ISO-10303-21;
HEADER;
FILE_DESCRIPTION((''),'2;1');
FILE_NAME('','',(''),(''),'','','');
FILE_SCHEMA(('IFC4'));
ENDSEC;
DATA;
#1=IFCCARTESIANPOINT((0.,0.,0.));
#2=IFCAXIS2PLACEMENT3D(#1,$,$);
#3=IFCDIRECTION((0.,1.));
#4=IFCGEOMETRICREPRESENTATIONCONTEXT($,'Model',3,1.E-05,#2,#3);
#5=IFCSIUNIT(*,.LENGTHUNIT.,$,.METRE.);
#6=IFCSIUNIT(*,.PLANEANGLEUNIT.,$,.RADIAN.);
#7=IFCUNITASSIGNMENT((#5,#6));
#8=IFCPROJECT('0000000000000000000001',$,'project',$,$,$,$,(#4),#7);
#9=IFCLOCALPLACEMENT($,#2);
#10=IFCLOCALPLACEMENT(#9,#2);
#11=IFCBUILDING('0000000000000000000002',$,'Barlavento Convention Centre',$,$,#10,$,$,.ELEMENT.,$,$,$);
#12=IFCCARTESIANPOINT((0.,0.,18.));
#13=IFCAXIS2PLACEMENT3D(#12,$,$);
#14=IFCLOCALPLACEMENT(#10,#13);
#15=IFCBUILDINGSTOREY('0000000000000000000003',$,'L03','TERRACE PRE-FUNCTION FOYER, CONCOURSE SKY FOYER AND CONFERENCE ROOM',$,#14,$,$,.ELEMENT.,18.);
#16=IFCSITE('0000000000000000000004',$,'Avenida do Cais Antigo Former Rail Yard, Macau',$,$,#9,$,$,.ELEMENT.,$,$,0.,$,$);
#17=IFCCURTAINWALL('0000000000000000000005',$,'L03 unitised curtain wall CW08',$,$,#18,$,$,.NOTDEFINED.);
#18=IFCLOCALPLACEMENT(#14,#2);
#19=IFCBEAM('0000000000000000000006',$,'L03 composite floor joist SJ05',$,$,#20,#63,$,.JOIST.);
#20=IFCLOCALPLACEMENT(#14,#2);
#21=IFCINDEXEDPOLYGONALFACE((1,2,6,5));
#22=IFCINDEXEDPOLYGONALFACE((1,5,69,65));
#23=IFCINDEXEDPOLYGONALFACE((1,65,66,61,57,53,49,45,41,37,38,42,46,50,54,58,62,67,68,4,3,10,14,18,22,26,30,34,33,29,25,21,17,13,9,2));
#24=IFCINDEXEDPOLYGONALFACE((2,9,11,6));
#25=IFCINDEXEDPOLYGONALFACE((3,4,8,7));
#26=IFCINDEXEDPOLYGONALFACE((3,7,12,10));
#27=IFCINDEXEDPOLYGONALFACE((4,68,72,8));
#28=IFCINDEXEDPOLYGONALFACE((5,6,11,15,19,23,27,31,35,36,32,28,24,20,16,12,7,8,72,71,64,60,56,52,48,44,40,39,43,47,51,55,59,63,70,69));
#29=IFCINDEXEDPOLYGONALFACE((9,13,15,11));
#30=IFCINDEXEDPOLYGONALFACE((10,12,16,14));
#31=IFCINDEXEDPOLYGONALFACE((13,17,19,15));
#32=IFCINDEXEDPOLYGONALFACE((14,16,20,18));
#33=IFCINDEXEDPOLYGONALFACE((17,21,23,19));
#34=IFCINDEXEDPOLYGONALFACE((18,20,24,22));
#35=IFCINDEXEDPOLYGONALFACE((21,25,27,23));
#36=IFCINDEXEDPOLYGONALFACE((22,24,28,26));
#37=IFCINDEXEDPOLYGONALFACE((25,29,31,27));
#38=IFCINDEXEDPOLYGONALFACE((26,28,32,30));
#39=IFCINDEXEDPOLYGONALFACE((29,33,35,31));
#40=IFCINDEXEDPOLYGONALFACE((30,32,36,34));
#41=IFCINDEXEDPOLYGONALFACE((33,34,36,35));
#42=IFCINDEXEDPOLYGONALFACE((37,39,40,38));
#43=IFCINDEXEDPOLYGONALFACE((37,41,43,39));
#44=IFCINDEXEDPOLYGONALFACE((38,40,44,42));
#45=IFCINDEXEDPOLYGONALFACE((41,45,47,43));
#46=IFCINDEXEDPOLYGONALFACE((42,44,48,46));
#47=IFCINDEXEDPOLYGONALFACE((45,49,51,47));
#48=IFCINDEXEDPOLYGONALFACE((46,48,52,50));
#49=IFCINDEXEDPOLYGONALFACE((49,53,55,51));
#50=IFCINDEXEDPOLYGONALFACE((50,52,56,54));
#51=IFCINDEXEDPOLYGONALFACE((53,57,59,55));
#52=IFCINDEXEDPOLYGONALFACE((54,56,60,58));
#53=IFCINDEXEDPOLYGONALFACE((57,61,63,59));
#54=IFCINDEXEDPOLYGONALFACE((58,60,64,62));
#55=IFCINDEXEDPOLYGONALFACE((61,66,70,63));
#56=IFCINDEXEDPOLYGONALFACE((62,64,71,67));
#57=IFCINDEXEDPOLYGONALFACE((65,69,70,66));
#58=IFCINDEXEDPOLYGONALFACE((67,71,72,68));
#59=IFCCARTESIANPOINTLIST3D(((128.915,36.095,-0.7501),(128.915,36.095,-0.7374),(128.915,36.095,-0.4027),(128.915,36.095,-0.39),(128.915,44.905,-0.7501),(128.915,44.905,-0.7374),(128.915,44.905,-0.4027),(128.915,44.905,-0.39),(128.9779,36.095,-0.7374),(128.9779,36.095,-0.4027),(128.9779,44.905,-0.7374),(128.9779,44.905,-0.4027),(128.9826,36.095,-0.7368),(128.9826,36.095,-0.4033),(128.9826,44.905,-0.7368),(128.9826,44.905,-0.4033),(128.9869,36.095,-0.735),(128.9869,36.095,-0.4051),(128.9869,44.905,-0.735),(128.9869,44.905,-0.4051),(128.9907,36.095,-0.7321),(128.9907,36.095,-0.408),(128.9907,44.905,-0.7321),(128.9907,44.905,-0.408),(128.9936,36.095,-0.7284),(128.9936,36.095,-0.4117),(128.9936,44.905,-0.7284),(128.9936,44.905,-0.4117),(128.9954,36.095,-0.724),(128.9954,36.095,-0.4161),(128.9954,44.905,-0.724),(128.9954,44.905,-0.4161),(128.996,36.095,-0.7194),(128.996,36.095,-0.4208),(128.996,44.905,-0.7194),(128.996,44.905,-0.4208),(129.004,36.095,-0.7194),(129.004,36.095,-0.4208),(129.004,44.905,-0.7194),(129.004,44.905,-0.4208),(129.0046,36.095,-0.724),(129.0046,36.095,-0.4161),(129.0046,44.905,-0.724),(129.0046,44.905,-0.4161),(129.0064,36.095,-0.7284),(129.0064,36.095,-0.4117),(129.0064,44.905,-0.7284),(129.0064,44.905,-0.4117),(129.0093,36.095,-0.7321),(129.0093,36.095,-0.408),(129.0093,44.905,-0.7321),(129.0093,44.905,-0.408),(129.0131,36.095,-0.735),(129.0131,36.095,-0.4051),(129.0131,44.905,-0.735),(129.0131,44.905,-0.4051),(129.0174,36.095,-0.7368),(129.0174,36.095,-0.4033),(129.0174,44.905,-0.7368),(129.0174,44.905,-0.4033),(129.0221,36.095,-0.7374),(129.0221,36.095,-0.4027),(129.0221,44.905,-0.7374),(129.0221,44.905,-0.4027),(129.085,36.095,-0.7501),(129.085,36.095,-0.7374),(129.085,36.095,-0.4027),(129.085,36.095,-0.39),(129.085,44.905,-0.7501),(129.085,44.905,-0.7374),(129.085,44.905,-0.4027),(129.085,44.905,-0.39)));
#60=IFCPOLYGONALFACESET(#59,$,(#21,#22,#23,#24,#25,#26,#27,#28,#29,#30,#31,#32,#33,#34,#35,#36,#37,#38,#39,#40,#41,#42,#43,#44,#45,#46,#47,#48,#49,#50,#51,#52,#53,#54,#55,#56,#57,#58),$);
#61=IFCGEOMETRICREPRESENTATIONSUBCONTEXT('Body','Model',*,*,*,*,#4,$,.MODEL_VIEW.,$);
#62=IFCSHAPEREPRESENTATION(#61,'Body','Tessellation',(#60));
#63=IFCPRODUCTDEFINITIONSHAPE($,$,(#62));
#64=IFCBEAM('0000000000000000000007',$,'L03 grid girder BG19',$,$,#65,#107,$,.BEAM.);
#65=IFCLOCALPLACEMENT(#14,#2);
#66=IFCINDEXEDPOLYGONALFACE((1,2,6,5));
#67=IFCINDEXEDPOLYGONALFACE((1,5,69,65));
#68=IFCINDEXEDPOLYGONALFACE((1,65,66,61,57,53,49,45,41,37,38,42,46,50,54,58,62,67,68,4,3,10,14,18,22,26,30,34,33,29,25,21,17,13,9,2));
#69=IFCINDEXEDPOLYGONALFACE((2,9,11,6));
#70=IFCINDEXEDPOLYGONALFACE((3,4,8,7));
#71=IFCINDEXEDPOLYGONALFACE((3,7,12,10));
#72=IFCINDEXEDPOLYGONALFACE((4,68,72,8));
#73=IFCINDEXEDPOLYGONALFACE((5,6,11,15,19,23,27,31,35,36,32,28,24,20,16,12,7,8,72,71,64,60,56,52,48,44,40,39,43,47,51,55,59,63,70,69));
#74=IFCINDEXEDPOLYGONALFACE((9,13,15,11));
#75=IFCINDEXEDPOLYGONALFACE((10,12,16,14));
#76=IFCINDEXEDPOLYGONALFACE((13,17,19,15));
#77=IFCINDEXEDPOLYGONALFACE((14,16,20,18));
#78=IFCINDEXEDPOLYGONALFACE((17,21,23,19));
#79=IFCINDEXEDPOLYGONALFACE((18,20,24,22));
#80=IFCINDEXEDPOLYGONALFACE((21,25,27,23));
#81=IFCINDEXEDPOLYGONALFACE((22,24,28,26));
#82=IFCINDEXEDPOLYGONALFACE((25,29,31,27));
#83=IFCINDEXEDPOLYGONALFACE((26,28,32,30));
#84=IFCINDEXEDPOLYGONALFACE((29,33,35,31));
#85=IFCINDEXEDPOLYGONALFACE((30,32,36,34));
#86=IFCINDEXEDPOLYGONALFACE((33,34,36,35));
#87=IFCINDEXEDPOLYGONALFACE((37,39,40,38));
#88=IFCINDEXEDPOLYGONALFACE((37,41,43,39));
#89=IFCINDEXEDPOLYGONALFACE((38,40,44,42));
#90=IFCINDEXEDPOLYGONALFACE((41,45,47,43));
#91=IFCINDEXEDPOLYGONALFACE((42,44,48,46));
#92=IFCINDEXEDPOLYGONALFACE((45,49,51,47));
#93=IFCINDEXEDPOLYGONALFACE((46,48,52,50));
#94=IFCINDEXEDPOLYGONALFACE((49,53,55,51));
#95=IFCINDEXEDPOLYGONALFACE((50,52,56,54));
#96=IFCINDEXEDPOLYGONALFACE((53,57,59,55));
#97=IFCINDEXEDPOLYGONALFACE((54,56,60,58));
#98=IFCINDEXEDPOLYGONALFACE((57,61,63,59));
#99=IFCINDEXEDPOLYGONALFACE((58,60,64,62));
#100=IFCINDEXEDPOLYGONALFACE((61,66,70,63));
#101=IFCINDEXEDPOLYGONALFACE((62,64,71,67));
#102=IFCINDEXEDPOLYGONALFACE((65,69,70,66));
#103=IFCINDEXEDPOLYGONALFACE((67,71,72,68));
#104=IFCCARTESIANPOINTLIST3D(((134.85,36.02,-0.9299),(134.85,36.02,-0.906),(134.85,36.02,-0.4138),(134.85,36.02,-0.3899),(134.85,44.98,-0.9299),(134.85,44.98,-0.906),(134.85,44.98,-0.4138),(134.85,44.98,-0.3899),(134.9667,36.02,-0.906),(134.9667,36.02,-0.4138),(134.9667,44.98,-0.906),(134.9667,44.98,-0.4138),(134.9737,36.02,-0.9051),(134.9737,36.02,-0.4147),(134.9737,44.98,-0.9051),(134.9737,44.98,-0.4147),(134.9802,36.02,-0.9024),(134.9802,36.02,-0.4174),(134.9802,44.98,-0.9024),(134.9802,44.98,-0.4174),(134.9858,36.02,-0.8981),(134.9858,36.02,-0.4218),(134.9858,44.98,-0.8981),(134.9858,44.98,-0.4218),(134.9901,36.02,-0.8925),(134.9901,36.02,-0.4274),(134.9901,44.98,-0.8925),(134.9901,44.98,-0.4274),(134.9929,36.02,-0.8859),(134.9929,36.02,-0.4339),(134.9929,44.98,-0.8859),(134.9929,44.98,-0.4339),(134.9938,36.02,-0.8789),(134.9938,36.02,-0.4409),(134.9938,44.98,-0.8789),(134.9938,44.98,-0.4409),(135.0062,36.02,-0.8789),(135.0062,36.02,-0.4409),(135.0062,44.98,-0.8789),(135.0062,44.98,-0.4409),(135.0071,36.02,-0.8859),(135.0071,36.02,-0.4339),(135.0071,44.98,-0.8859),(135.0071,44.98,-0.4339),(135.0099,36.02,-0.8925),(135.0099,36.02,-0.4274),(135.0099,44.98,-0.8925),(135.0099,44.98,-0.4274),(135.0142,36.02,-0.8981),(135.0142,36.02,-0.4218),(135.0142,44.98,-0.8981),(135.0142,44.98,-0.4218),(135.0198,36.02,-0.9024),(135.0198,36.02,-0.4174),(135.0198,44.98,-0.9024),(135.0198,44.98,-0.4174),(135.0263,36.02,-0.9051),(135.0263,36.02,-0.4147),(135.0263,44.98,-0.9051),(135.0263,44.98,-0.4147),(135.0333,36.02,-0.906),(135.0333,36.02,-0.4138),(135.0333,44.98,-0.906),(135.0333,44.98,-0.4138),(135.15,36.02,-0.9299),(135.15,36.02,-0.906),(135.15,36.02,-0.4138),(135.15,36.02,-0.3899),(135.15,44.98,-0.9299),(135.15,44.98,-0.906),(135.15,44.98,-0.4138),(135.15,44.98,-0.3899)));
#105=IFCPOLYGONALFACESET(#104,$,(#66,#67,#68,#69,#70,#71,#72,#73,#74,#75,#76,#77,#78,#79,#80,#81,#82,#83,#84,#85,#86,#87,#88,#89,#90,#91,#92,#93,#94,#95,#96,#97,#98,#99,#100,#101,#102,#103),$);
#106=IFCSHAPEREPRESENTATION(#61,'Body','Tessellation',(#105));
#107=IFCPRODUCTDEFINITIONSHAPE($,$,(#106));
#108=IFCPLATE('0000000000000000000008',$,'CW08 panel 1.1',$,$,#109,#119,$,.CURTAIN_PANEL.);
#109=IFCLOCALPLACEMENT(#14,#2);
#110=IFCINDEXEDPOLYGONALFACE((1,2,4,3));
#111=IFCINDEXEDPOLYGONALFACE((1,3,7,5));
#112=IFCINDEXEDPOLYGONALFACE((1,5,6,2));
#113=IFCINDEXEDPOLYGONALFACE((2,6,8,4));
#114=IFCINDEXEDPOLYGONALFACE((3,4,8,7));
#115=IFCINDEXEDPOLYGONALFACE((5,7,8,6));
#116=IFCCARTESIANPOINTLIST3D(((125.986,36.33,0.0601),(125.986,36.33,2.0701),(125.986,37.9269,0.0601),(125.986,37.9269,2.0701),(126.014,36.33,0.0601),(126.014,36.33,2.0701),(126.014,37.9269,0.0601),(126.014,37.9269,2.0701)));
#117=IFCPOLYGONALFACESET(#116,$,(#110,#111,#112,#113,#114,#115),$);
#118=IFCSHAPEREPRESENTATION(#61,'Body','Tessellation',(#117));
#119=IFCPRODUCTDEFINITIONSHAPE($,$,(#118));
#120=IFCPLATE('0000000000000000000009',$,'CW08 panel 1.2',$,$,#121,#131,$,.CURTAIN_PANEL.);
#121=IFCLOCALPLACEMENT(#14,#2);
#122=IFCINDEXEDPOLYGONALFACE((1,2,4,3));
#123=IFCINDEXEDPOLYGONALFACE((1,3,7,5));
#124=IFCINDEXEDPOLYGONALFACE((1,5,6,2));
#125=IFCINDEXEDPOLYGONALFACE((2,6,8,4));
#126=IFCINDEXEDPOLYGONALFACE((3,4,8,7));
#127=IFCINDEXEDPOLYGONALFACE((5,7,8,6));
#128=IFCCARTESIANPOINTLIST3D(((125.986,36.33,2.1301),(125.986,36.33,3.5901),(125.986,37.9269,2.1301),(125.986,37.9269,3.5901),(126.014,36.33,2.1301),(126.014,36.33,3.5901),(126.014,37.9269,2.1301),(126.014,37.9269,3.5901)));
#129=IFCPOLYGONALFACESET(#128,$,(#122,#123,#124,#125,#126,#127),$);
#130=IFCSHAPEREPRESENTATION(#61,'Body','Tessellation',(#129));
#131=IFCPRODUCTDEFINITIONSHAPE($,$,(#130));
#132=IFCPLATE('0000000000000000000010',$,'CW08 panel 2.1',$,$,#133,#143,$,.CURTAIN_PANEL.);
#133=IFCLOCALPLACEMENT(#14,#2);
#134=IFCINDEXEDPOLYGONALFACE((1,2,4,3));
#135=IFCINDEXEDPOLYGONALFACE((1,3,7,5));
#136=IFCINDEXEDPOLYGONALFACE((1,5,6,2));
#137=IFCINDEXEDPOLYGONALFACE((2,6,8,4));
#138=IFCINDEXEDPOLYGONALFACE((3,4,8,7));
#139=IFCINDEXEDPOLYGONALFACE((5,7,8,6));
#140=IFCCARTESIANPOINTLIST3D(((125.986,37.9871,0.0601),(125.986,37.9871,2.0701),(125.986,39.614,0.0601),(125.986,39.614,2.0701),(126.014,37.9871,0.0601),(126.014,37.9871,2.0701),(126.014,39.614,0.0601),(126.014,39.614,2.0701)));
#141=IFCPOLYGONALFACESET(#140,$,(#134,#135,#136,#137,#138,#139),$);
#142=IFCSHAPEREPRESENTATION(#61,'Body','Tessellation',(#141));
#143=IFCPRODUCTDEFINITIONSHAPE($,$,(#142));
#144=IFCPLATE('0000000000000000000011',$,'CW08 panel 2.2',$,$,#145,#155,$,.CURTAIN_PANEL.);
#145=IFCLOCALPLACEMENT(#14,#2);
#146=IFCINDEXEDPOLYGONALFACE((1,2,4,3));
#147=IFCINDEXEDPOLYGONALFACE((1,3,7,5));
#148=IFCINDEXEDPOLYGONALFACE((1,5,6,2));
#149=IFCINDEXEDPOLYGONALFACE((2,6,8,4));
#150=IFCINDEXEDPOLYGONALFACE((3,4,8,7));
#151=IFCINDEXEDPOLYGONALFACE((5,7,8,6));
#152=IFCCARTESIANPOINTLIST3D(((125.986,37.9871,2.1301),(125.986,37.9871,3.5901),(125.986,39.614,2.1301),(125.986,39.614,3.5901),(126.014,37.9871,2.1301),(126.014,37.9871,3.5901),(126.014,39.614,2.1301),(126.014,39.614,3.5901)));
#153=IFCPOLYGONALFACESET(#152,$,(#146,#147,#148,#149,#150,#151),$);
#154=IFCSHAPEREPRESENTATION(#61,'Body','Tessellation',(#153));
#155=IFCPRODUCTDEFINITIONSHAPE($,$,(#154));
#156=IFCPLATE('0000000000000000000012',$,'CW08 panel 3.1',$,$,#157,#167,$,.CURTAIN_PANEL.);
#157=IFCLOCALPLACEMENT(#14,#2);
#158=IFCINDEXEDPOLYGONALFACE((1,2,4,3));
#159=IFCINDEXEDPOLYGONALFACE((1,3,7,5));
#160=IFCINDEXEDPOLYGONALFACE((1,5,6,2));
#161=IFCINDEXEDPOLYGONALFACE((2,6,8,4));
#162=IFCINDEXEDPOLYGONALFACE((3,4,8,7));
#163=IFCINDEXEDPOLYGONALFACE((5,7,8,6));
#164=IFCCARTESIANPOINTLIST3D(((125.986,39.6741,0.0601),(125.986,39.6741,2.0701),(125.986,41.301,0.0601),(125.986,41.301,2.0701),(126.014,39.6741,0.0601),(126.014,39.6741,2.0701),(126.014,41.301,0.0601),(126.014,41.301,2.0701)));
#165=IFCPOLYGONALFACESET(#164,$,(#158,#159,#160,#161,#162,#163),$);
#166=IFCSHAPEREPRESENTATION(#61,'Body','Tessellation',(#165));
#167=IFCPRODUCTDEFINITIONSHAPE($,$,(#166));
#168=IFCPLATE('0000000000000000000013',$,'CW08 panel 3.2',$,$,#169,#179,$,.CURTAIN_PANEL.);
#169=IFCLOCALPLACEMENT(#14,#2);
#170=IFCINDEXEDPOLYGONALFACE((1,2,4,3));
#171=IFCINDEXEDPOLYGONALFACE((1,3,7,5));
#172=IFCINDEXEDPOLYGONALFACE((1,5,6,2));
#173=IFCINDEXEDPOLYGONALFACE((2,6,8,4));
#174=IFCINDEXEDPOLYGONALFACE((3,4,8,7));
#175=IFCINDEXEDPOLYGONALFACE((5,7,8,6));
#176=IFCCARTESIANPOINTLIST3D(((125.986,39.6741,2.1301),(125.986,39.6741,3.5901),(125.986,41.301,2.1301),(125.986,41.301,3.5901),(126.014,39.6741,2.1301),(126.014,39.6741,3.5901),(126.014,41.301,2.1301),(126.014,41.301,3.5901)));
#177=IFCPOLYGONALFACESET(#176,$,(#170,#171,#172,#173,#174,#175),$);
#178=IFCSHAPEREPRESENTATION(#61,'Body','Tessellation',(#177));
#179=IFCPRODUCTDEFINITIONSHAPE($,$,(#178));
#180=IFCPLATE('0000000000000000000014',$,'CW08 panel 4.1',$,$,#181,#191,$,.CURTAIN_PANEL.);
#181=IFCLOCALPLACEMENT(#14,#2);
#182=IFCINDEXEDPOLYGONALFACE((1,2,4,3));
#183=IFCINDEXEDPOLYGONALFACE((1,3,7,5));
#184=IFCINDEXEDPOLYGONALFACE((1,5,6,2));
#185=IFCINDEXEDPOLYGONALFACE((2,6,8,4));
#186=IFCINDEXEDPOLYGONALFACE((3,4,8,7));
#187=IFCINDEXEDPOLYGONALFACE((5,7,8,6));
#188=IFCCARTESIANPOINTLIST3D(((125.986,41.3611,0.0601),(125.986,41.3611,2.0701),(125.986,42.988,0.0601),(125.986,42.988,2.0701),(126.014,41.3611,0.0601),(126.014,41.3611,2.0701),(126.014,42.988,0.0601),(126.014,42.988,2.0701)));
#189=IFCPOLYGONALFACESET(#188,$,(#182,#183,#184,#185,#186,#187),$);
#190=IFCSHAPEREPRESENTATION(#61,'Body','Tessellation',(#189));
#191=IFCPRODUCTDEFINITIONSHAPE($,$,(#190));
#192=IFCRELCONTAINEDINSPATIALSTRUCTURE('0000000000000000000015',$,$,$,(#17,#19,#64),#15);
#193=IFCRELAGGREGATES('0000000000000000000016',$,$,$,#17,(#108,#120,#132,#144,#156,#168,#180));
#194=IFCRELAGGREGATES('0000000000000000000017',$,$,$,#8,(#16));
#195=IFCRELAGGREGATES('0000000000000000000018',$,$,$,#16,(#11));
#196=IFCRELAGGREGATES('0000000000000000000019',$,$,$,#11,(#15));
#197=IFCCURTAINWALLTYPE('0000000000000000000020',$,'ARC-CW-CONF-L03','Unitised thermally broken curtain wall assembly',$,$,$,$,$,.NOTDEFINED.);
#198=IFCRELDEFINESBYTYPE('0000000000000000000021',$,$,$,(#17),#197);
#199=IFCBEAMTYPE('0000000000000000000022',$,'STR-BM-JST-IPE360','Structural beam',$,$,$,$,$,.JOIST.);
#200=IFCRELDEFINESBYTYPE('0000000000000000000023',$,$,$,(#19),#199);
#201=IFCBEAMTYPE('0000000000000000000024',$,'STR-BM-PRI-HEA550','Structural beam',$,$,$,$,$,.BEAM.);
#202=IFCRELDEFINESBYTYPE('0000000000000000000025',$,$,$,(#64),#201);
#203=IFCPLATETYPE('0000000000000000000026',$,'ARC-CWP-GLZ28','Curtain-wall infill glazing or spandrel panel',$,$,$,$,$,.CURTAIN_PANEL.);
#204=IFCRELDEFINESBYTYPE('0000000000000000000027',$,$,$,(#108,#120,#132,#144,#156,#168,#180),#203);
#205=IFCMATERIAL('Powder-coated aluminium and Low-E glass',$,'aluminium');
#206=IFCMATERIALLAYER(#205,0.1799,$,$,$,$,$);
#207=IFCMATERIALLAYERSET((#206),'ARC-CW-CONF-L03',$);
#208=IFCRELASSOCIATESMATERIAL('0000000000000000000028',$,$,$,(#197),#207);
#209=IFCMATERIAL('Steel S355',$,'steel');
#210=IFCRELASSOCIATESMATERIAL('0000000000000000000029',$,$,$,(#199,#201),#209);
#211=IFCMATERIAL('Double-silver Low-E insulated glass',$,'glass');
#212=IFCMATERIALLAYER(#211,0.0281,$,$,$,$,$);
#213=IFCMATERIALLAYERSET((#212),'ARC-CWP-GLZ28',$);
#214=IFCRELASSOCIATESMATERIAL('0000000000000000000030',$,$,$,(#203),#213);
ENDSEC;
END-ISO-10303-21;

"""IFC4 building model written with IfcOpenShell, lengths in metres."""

from ifc_helpers import new_model, si_unit, direction, frame, origin, origin_2d, place, context, subcontext, project, spatial, rectangle, i_section, extrude, material, layer, layer_set, material_profile, profile_set, type_object, element, aggregate, save


model = new_model("IFC4")

# Units and contexts
model_context = context("Model", 3, precision=1e-05, world=origin(), true_north=direction((0.0, 1.0)))
body_context = subcontext(model_context, "Body", "Model", "MODEL_VIEW")
ifc_project = project(units=[si_unit("LENGTHUNIT", "METRE"), si_unit("PLANEANGLEUNIT", "RADIAN")], contexts=[model_context])

# Site, building, storey
site_placement = place(None, origin())
site = spatial("IfcSite", under=ifc_project, at=site_placement, Name="Avenida do Cais Antigo Former Rail Yard, Macau", CompositionType="ELEMENT", RefElevation=0.0)
building_placement = place(site_placement, origin())
building = spatial("IfcBuilding", under=site, at=building_placement, Name="Barlavento Convention Centre", CompositionType="ELEMENT")
storey_placement = place(building_placement, frame((0.0, 0.0, 18.0)))
storey = spatial("IfcBuildingStorey", under=building, at=storey_placement, Name="L03", Description="TERRACE PRE-FUNCTION FOYER, CONCOURSE SKY FOYER AND CONFERENCE ROOM", CompositionType="ELEMENT", Elevation=18.0)

# Curtain wall
ifc_material_1 = material(Name="Powder-coated aluminium and Low-E glass", Category="aluminium")
ifc_layer_1 = layer(ifc_material_1, 0.1799)
ifc_layer_set_1 = layer_set([ifc_layer_1], Name="ARC-CW-CONF-L03")
curtain_wall_type = type_object("IfcCurtainWallType", Name="ARC-CW-CONF-L03", Description="Unitised thermally broken curtain wall assembly", PredefinedType="NOTDEFINED", material=ifc_layer_set_1)
curtain_wall_placement = place(storey_placement, origin())
curtain_wall = element("IfcCurtainWall", 1, at=curtain_wall_placement, inside=storey, type_object=curtain_wall_type, Name="L03 unitised curtain wall CW08", PredefinedType="NOTDEFINED")

# Beams
ifc_material_2 = material(Name="Steel S355", Category="steel")
ifc_material_profile_1 = material_profile(ifc_material_2, i_section(OverallWidth=0.1699, OverallDepth=0.3601, WebThickness=0.0081, FlangeThickness=0.0127, FilletRadius=0.0181, at=origin_2d()), Name="IPE 360")
ifc_profile_set_1 = profile_set([ifc_material_profile_1], Name="Steel S355")
beam_type_1 = type_object("IfcBeamType", Name="STR-BM-JST-IPE360", Description="Structural beam", PredefinedType="JOIST", material=ifc_profile_set_1)
beam_1_placement = place(storey_placement, frame((129.0, 36.095, -0.5701), z_axis=(0.0, 1.0, 0.0), x_axis=(-1.0, 0.0, 0.0)))
element("IfcBeam", 2, at=beam_1_placement, inside=storey, type_object=beam_type_1, Name="L03 composite floor joist SJ05", PredefinedType="JOIST", context=body_context, shape_type="SweptSolid", body=[
    extrude(i_section(OverallWidth=0.1699, OverallDepth=0.3601, WebThickness=0.0081, FlangeThickness=0.0127, FilletRadius=0.0181, at=origin_2d()), origin(), (0.0, 0.0, 1.0), 8.8101),
])
ifc_material_profile_2 = material_profile(ifc_material_2, i_section(OverallWidth=0.3, OverallDepth=0.54, WebThickness=0.0125, FlangeThickness=0.0239, FilletRadius=0.0271, at=origin_2d()), Name="HEA 550")
ifc_profile_set_2 = profile_set([ifc_material_profile_2], Name="Steel S355")
beam_type_2 = type_object("IfcBeamType", Name="STR-BM-PRI-HEA550", Description="Structural beam", PredefinedType="BEAM", material=ifc_profile_set_2)
beam_2_placement = place(storey_placement, frame((135.0, 36.02, -0.6599), z_axis=(0.0, 1.0, 0.0), x_axis=(-1.0, 0.0, 0.0)))
element("IfcBeam", 3, at=beam_2_placement, inside=storey, type_object=beam_type_2, Name="L03 grid girder BG19", PredefinedType="BEAM", context=body_context, shape_type="SweptSolid", body=[
    extrude(i_section(OverallWidth=0.3, OverallDepth=0.54, WebThickness=0.0125, FlangeThickness=0.0239, FilletRadius=0.0271, at=origin_2d()), origin(), (0.0, 0.0, 1.0), 8.96),
])

# Plates
ifc_material_3 = material(Name="Double-silver Low-E insulated glass", Category="glass")
ifc_layer_2 = layer(ifc_material_3, 0.0281)
ifc_layer_set_2 = layer_set([ifc_layer_2], Name="ARC-CWP-GLZ28")
plate_type = type_object("IfcPlateType", Name="ARC-CWP-GLZ28", Description="Curtain-wall infill glazing or spandrel panel", PredefinedType="CURTAIN_PANEL", material=ifc_layer_set_2)
plate_1_placement = place(storey_placement, frame((126.0, 37.1284, 0.0601), z_axis=(0.0, 0.0, 1.0), x_axis=(0.0, 1.0, 0.0)))
plate_1 = element("IfcPlate", 4, at=plate_1_placement, type_object=plate_type, Name="CW08 panel 1.1", PredefinedType="CURTAIN_PANEL", context=body_context, shape_type="SweptSolid", body=[
    extrude(rectangle(XDim=1.5969, YDim=0.0281, at=origin_2d()), origin(), (0.0, 0.0, 1.0), 2.01),
])
plate_2_placement = place(storey_placement, frame((126.0, 37.1284, 2.1301), z_axis=(0.0, 0.0, 1.0), x_axis=(0.0, 1.0, 0.0)))
plate_2 = element("IfcPlate", 5, at=plate_2_placement, type_object=plate_type, Name="CW08 panel 1.2", PredefinedType="CURTAIN_PANEL", context=body_context, shape_type="SweptSolid", body=[
    extrude(rectangle(XDim=1.5969, YDim=0.0281, at=origin_2d()), origin(), (0.0, 0.0, 1.0), 1.46),
])
plate_3_placement = place(storey_placement, frame((126.0, 38.8005, 0.0601), z_axis=(0.0, 0.0, 1.0), x_axis=(0.0, 1.0, 0.0)))
plate_3 = element("IfcPlate", 6, at=plate_3_placement, type_object=plate_type, Name="CW08 panel 2.1", PredefinedType="CURTAIN_PANEL", context=body_context, shape_type="SweptSolid", body=[
    extrude(rectangle(XDim=1.627, YDim=0.0281, at=origin_2d()), origin(), (0.0, 0.0, 1.0), 2.01),
])
plate_4_placement = place(storey_placement, frame((126.0, 38.8005, 2.1301), z_axis=(0.0, 0.0, 1.0), x_axis=(0.0, 1.0, 0.0)))
plate_4 = element("IfcPlate", 7, at=plate_4_placement, type_object=plate_type, Name="CW08 panel 2.2", PredefinedType="CURTAIN_PANEL", context=body_context, shape_type="SweptSolid", body=[
    extrude(rectangle(XDim=1.627, YDim=0.0281, at=origin_2d()), origin(), (0.0, 0.0, 1.0), 1.46),
])
plate_5_placement = place(storey_placement, frame((126.0, 40.4875, 0.0601), z_axis=(0.0, 0.0, 1.0), x_axis=(0.0, 1.0, 0.0)))
plate_5 = element("IfcPlate", 8, at=plate_5_placement, type_object=plate_type, Name="CW08 panel 3.1", PredefinedType="CURTAIN_PANEL", context=body_context, shape_type="SweptSolid", body=[
    extrude(rectangle(XDim=1.627, YDim=0.0281, at=origin_2d()), origin(), (0.0, 0.0, 1.0), 2.01),
])
plate_6_placement = place(storey_placement, frame((126.0, 40.4875, 2.1301), z_axis=(0.0, 0.0, 1.0), x_axis=(0.0, 1.0, 0.0)))
plate_6 = element("IfcPlate", 9, at=plate_6_placement, type_object=plate_type, Name="CW08 panel 3.2", PredefinedType="CURTAIN_PANEL", context=body_context, shape_type="SweptSolid", body=[
    extrude(rectangle(XDim=1.627, YDim=0.0281, at=origin_2d()), origin(), (0.0, 0.0, 1.0), 1.46),
])
plate_7_placement = place(storey_placement, frame((126.0, 42.1746, 0.0601), z_axis=(0.0, 0.0, 1.0), x_axis=(0.0, 1.0, 0.0)))
plate_7 = element("IfcPlate", 10, at=plate_7_placement, type_object=plate_type, Name="CW08 panel 4.1", PredefinedType="CURTAIN_PANEL", context=body_context, shape_type="SweptSolid", body=[
    extrude(rectangle(XDim=1.627, YDim=0.0281, at=origin_2d()), origin(), (0.0, 0.0, 1.0), 2.01),
])
aggregate(curtain_wall, [plate_1, plate_2, plate_3, plate_4, plate_5, plate_6, plate_7])

save(model, "model.ifc")
